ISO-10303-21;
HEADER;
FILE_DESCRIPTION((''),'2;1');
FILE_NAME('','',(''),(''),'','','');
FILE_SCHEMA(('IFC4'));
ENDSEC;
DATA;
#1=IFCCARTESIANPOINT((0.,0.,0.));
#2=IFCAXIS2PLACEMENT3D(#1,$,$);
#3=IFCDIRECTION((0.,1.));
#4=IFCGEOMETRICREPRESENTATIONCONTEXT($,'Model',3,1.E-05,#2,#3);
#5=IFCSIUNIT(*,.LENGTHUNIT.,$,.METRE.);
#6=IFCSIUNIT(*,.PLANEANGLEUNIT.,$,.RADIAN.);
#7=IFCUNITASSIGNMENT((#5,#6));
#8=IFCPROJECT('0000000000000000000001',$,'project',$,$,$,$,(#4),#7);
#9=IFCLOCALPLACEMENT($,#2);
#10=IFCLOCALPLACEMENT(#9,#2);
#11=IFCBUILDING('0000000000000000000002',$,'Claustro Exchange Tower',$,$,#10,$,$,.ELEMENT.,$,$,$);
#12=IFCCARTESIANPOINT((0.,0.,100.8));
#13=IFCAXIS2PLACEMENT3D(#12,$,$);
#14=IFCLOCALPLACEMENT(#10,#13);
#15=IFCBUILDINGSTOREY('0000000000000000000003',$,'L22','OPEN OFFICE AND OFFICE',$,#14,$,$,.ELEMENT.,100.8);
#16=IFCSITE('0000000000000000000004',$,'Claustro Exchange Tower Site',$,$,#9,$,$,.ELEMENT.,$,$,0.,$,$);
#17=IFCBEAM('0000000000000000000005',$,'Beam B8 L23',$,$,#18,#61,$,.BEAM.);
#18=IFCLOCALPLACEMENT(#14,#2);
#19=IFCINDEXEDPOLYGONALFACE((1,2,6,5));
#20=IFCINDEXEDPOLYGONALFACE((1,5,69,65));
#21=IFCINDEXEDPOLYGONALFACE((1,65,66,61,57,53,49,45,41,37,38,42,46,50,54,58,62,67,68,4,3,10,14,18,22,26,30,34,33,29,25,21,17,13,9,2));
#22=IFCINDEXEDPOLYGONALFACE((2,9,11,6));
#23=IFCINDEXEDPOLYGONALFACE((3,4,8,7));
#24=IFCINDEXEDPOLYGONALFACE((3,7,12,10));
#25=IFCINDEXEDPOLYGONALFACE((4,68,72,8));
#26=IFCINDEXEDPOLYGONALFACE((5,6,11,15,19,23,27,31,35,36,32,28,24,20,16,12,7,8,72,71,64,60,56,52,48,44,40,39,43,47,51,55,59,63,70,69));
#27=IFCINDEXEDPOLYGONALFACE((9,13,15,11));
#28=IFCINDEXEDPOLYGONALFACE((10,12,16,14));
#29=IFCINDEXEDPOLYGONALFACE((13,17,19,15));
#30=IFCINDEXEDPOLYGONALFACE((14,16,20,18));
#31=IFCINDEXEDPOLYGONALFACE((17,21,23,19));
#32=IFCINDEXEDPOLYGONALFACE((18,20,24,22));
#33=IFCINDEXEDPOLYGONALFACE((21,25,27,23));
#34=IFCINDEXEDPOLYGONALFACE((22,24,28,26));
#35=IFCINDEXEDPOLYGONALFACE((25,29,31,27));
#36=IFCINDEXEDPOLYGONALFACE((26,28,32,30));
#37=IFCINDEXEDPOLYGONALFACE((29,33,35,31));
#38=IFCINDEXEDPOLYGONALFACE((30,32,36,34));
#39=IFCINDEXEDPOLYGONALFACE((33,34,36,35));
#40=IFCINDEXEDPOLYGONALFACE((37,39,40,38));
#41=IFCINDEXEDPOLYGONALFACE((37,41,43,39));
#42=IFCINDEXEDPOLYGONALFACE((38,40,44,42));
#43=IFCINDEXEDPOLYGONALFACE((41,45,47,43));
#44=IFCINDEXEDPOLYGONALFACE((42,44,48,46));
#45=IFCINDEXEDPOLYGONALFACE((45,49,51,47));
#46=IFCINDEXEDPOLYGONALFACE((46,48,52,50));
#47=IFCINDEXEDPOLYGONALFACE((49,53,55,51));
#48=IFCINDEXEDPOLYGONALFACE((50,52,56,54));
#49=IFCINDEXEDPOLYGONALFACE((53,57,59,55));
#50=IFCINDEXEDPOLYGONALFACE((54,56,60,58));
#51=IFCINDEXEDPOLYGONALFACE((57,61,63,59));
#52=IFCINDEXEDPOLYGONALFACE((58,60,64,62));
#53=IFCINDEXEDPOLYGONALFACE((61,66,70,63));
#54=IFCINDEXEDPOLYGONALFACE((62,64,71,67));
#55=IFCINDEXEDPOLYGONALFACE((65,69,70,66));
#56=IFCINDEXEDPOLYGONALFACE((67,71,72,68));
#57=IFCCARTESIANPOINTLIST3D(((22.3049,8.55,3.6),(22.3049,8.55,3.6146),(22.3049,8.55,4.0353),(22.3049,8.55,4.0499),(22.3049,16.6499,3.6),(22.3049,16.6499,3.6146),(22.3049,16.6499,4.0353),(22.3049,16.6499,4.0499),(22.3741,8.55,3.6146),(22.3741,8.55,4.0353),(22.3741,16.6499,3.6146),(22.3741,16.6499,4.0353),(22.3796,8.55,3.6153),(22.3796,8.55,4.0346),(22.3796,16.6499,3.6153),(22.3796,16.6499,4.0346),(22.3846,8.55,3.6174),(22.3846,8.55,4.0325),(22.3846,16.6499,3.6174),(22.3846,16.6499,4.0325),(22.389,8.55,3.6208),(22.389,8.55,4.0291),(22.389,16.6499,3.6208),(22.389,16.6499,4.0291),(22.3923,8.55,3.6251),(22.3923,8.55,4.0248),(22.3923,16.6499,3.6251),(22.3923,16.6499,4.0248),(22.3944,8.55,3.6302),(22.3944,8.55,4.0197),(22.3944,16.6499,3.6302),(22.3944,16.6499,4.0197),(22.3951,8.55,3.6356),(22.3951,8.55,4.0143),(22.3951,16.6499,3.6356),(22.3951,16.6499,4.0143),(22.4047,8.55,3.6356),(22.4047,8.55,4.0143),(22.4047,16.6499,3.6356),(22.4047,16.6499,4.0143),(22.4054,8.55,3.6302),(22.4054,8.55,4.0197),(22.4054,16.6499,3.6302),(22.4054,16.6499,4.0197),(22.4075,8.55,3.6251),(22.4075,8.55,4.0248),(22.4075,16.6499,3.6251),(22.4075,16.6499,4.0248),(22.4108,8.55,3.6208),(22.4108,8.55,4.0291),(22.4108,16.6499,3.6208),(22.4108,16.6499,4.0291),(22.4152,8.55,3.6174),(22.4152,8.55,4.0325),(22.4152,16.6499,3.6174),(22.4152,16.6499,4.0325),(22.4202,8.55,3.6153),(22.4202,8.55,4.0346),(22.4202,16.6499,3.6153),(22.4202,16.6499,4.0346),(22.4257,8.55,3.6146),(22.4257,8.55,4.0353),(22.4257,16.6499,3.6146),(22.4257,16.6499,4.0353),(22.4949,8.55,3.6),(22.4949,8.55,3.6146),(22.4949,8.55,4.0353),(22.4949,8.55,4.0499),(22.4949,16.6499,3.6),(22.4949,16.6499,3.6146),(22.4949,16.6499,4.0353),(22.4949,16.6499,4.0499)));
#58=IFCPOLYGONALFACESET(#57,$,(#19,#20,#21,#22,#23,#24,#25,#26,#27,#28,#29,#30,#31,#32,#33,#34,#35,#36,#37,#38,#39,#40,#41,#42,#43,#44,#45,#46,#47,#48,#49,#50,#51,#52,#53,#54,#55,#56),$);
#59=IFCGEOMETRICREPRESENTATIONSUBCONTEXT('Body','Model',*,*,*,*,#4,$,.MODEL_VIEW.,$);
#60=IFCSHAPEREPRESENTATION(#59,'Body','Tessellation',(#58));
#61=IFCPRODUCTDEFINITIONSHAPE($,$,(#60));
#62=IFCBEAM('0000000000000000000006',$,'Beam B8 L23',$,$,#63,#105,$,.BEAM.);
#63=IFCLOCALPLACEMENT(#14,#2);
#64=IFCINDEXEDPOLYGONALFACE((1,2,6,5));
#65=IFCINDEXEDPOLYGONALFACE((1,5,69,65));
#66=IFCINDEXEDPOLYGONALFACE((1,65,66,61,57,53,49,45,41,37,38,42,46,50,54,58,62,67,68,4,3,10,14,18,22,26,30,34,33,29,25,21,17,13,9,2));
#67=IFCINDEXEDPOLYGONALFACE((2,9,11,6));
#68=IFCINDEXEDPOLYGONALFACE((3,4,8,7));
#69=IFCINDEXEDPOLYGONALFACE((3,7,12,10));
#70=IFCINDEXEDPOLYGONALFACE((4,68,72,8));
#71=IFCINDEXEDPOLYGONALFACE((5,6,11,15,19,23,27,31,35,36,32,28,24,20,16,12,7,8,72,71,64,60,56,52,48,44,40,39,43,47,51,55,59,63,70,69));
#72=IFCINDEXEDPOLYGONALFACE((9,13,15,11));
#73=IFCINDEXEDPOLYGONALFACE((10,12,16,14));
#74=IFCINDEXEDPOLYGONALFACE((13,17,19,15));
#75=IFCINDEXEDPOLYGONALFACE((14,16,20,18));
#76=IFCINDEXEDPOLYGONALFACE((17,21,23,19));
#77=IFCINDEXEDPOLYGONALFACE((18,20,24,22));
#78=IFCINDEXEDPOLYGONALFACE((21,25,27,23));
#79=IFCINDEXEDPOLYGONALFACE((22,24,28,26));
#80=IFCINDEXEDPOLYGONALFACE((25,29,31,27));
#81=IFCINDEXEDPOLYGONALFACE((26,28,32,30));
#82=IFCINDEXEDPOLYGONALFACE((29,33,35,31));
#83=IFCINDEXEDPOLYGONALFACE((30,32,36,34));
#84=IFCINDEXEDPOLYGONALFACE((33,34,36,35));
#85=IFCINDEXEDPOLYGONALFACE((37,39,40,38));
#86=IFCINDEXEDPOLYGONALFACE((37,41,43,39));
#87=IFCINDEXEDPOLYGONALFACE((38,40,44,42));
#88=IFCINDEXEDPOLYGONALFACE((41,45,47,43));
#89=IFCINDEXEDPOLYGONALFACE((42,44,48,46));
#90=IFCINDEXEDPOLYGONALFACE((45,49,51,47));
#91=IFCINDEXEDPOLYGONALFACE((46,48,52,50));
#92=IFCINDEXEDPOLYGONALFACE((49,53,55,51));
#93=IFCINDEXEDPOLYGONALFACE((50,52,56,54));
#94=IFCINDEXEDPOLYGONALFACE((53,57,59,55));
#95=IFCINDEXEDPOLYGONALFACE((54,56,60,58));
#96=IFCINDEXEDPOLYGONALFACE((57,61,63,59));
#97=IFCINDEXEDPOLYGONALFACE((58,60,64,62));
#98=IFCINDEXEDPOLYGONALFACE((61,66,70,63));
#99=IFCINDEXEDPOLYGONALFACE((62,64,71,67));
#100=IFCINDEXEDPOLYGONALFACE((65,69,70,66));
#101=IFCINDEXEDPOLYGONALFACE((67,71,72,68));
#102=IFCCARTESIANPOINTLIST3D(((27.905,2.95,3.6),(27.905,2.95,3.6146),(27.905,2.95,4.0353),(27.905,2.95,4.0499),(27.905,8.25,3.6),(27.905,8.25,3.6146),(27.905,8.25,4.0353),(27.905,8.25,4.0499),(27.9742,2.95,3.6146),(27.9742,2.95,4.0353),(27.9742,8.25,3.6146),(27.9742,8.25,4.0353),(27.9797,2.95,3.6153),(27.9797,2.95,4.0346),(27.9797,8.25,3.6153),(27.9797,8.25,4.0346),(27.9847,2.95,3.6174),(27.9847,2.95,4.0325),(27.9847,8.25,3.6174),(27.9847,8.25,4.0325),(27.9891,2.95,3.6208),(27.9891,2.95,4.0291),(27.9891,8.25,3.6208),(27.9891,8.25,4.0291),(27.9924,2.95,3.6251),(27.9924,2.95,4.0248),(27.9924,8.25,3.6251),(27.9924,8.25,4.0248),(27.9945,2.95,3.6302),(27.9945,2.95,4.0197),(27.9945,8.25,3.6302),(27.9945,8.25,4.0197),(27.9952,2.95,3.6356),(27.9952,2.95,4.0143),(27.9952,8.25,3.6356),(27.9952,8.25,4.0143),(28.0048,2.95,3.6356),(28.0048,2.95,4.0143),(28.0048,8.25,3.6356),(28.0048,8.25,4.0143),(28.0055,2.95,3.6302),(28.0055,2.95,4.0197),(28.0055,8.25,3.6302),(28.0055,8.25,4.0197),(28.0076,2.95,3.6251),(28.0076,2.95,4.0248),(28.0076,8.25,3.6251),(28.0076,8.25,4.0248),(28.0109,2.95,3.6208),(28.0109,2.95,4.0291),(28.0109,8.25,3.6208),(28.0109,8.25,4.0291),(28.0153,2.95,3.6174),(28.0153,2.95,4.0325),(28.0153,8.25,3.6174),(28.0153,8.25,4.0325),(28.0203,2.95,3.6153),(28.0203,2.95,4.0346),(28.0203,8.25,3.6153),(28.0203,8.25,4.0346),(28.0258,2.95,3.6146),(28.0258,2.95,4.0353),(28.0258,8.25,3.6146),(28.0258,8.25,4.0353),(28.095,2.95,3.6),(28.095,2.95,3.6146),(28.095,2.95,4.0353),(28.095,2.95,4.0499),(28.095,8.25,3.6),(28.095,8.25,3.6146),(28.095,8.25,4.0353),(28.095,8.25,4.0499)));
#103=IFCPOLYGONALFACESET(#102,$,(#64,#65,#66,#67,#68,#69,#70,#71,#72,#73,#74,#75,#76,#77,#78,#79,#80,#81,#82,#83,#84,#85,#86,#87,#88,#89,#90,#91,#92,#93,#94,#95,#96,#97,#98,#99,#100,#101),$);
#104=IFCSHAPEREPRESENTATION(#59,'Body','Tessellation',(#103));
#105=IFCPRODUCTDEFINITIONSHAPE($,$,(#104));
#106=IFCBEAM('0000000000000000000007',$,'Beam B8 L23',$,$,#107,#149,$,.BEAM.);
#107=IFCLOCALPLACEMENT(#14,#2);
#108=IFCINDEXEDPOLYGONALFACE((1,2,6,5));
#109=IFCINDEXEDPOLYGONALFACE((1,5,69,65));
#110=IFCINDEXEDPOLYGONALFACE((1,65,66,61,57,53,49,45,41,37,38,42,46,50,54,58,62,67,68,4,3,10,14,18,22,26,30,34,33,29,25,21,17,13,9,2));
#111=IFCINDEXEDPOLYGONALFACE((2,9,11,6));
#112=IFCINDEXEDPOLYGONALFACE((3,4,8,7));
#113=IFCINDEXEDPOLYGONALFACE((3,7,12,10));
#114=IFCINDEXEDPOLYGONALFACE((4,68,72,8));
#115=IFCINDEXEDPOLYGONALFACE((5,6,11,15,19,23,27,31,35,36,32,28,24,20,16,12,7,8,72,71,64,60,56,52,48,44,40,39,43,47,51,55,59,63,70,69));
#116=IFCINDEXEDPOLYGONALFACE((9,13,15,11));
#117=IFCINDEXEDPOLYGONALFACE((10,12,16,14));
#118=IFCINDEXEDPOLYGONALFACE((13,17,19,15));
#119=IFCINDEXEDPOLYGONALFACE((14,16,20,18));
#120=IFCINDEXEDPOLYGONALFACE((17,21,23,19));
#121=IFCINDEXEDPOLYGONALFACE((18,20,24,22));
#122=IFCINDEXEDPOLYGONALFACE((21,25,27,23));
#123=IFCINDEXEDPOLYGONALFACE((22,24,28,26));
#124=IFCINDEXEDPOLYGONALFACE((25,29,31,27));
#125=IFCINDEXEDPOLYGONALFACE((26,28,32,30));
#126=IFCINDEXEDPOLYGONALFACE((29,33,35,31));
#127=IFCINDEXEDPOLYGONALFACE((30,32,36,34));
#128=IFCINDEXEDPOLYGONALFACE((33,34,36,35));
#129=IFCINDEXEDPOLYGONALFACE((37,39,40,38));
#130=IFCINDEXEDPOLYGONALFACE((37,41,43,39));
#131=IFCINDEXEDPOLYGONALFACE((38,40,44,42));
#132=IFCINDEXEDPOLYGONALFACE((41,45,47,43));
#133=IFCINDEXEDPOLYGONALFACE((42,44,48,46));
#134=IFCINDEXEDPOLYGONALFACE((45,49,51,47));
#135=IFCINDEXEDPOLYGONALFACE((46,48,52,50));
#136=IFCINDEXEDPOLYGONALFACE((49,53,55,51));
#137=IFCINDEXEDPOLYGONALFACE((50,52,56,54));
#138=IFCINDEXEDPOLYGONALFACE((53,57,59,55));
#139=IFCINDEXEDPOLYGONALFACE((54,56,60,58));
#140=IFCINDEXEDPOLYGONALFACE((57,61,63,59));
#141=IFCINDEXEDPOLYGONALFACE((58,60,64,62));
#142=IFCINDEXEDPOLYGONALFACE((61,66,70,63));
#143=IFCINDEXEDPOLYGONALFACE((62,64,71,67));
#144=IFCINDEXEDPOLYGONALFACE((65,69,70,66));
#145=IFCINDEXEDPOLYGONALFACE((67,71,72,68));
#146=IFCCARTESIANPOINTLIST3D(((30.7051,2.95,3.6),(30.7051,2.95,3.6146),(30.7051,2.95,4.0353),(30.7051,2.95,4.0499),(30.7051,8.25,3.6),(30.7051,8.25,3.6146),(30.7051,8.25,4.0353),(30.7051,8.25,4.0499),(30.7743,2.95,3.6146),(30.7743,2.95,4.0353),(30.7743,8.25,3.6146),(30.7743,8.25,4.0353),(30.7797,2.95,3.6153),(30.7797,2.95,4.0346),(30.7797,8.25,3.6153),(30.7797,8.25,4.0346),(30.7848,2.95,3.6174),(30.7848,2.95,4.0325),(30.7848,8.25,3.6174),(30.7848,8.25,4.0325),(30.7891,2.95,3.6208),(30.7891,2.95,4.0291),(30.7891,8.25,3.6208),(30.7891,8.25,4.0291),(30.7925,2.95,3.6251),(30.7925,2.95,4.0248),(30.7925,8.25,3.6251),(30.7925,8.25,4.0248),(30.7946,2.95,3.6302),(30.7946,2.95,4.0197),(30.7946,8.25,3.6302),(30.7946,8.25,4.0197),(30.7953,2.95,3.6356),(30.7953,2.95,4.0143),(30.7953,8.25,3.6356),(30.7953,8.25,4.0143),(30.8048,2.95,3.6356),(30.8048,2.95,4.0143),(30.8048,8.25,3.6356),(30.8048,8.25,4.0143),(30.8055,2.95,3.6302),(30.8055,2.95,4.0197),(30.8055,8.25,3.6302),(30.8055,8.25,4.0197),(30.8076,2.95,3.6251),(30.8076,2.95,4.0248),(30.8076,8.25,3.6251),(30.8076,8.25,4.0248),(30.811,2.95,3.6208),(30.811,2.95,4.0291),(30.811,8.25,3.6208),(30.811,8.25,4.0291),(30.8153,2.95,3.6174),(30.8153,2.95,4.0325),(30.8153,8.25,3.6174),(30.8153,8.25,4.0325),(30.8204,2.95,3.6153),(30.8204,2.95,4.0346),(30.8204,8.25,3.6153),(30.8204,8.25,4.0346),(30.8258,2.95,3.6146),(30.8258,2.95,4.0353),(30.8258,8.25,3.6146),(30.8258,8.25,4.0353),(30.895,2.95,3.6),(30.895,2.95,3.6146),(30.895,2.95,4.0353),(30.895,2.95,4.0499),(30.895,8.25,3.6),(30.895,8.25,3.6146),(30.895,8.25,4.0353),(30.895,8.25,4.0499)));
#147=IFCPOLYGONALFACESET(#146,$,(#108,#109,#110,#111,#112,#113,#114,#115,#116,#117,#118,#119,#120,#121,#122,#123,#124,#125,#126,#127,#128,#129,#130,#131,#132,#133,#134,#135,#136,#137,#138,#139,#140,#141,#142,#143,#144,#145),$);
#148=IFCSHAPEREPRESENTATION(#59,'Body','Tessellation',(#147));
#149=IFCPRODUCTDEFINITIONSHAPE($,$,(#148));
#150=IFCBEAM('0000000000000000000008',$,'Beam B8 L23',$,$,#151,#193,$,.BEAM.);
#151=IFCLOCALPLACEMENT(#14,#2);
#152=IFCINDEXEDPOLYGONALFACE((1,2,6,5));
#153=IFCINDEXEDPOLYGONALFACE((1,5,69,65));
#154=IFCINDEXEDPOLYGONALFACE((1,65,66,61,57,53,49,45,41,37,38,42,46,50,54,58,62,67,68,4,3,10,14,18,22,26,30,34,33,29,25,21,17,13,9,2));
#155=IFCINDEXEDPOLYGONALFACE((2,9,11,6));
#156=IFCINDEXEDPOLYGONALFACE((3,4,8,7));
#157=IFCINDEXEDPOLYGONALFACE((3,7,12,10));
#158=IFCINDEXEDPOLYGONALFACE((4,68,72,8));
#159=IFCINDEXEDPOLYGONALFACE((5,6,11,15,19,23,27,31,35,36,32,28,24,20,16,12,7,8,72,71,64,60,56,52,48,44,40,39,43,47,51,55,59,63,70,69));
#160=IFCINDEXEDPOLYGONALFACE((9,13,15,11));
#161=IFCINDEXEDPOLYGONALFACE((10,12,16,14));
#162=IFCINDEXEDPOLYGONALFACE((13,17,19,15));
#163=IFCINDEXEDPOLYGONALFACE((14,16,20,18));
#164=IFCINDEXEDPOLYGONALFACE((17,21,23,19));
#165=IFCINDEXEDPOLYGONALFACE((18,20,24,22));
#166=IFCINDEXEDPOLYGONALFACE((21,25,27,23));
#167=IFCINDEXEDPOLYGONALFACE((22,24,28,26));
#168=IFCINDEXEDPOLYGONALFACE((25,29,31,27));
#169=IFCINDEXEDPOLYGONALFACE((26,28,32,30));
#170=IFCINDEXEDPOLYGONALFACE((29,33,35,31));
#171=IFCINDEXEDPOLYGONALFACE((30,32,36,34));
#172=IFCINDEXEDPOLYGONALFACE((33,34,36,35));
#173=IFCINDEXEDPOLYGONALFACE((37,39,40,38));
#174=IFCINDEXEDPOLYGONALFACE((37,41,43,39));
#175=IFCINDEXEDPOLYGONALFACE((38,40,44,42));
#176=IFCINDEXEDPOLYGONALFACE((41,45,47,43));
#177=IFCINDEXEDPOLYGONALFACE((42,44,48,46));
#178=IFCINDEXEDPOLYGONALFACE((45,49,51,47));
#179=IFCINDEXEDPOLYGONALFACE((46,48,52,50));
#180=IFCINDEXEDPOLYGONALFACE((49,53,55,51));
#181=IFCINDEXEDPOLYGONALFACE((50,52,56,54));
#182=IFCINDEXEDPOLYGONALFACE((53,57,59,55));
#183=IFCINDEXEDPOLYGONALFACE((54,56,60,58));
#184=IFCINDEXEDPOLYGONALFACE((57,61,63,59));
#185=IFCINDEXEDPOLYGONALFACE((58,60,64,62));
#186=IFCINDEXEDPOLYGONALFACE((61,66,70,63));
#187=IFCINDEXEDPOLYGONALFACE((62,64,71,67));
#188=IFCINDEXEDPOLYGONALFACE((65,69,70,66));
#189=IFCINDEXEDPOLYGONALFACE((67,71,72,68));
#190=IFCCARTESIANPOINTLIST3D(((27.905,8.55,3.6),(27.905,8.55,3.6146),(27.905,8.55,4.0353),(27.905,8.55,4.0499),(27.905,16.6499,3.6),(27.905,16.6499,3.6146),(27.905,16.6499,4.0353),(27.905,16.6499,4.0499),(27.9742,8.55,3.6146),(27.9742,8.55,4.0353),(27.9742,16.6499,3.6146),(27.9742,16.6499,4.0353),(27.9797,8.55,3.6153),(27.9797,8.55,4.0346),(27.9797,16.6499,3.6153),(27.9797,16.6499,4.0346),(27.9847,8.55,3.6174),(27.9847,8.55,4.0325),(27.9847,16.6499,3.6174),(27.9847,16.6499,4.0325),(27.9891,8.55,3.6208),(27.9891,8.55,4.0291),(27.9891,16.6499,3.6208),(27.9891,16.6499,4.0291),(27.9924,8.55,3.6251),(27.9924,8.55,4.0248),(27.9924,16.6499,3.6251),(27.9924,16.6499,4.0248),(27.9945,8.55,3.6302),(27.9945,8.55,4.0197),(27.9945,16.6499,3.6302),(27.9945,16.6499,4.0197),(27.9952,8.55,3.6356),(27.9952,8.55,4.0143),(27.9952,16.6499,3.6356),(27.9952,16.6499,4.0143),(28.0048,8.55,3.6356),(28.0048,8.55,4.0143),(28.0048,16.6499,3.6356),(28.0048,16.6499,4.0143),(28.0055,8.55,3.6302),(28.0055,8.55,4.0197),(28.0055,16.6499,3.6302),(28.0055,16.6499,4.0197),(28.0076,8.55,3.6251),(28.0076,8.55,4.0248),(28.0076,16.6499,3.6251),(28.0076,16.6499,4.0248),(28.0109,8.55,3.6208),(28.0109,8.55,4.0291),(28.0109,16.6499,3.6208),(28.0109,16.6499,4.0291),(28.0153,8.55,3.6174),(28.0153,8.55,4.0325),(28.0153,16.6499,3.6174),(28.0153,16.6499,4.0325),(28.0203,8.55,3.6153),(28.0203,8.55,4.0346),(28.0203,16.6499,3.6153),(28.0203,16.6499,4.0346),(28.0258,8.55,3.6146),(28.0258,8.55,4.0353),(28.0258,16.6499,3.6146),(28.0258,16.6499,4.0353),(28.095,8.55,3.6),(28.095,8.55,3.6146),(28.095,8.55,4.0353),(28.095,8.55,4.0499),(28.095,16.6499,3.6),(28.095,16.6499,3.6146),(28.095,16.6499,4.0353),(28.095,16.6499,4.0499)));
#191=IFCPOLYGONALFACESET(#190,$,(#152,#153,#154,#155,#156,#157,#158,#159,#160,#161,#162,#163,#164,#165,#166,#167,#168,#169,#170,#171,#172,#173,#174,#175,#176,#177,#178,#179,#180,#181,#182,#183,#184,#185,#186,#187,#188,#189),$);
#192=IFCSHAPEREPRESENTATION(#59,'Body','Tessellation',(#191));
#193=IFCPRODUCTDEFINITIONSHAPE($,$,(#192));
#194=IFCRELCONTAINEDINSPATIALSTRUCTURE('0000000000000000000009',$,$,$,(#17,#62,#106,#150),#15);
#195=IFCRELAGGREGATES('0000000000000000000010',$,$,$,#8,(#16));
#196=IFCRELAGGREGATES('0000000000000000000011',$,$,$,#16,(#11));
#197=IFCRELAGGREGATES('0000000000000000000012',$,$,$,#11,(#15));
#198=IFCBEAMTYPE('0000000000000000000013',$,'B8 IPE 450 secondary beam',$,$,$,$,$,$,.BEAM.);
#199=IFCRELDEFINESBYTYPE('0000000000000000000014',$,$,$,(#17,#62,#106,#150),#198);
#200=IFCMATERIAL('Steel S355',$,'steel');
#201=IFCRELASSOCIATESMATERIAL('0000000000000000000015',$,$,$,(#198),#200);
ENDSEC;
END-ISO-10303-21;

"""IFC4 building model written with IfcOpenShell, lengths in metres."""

from ifc_helpers import new_model, si_unit, direction, frame, origin, origin_2d, place, context, subcontext, project, spatial, i_section, extrude, material, material_profile, profile_set, type_object, element, save


model = new_model("IFC4")

# Units and contexts
model_context = context("Model", 3, precision=1e-05, world=origin(), true_north=direction((0.0, 1.0)))
body_context = subcontext(model_context, "Body", "Model", "MODEL_VIEW")
ifc_project = project(units=[si_unit("LENGTHUNIT", "METRE"), si_unit("PLANEANGLEUNIT", "RADIAN")], contexts=[model_context])

# Site, building, storey
site_placement = place(None, origin())
site = spatial("IfcSite", under=ifc_project, at=site_placement, Name="Claustro Exchange Tower Site", CompositionType="ELEMENT", RefElevation=0.0)
building_placement = place(site_placement, origin())
building = spatial("IfcBuilding", under=site, at=building_placement, Name="Claustro Exchange Tower", CompositionType="ELEMENT")
storey_placement = place(building_placement, frame((0.0, 0.0, 100.8)))
storey = spatial("IfcBuildingStorey", under=building, at=storey_placement, Name="L22", Description="OPEN OFFICE AND OFFICE", CompositionType="ELEMENT", Elevation=100.8)

# Beams
ifc_material_1 = material(Name="Steel S355", Category="steel")
ifc_material_profile_1 = material_profile(ifc_material_1, i_section(OverallWidth=0.1899, OverallDepth=0.45, WebThickness=0.0095, FlangeThickness=0.0146, FilletRadius=0.021, at=origin_2d()), Name="IPE 450")
ifc_profile_set_1 = profile_set([ifc_material_profile_1], Name="Steel S355")
beam_type_1 = type_object("IfcBeamType", Name="B8 IPE 450 secondary beam", PredefinedType="BEAM", material=ifc_profile_set_1)
for number, where, z_axis, x_axis, name in (
    (1, (22.3999, 8.55, 3.825), (0.0, 1.0, 0.0), (-1.0, 0.0, 0.0), "Beam B8 L23"),
):
    element("IfcBeam", number, at=place(storey_placement, frame(where, z_axis=z_axis, x_axis=x_axis)), inside=storey, type_object=beam_type_1, Name=name, PredefinedType="BEAM", context=body_context, shape_type="SweptSolid", body=[
        extrude(i_section(OverallWidth=0.1899, OverallDepth=0.45, WebThickness=0.0095, FlangeThickness=0.0146, FilletRadius=0.021, at=origin_2d()), origin(), (0.0, 0.0, 1.0), 8.0999),
    ])
for number, where, z_axis, x_axis, name in (
    (2, (28.0, 2.95, 3.825), (0.0, 1.0, 0.0), (-1.0, 0.0, 0.0), "Beam B8 L23"),
    (3, (30.8, 2.95, 3.825), (0.0, 1.0, 0.0), (-1.0, 0.0, 0.0), "Beam B8 L23"),
):
    element("IfcBeam", number, at=place(storey_placement, frame(where, z_axis=z_axis, x_axis=x_axis)), inside=storey, type_object=beam_type_1, Name=name, PredefinedType="BEAM", context=body_context, shape_type="SweptSolid", body=[
        extrude(i_section(OverallWidth=0.1899, OverallDepth=0.45, WebThickness=0.0095, FlangeThickness=0.0146, FilletRadius=0.021, at=origin_2d()), origin(), (0.0, 0.0, 1.0), 5.3),
    ])
for number, where, z_axis, x_axis, name in (
    (4, (28.0, 8.55, 3.825), (0.0, 1.0, 0.0), (-1.0, 0.0, 0.0), "Beam B8 L23"),
):
    element("IfcBeam", number, at=place(storey_placement, frame(where, z_axis=z_axis, x_axis=x_axis)), inside=storey, type_object=beam_type_1, Name=name, PredefinedType="BEAM", context=body_context, shape_type="SweptSolid", body=[
        extrude(i_section(OverallWidth=0.1899, OverallDepth=0.45, WebThickness=0.0095, FlangeThickness=0.0146, FilletRadius=0.021, at=origin_2d()), origin(), (0.0, 0.0, 1.0), 8.0999),
    ])

save(model, "model.ifc")
